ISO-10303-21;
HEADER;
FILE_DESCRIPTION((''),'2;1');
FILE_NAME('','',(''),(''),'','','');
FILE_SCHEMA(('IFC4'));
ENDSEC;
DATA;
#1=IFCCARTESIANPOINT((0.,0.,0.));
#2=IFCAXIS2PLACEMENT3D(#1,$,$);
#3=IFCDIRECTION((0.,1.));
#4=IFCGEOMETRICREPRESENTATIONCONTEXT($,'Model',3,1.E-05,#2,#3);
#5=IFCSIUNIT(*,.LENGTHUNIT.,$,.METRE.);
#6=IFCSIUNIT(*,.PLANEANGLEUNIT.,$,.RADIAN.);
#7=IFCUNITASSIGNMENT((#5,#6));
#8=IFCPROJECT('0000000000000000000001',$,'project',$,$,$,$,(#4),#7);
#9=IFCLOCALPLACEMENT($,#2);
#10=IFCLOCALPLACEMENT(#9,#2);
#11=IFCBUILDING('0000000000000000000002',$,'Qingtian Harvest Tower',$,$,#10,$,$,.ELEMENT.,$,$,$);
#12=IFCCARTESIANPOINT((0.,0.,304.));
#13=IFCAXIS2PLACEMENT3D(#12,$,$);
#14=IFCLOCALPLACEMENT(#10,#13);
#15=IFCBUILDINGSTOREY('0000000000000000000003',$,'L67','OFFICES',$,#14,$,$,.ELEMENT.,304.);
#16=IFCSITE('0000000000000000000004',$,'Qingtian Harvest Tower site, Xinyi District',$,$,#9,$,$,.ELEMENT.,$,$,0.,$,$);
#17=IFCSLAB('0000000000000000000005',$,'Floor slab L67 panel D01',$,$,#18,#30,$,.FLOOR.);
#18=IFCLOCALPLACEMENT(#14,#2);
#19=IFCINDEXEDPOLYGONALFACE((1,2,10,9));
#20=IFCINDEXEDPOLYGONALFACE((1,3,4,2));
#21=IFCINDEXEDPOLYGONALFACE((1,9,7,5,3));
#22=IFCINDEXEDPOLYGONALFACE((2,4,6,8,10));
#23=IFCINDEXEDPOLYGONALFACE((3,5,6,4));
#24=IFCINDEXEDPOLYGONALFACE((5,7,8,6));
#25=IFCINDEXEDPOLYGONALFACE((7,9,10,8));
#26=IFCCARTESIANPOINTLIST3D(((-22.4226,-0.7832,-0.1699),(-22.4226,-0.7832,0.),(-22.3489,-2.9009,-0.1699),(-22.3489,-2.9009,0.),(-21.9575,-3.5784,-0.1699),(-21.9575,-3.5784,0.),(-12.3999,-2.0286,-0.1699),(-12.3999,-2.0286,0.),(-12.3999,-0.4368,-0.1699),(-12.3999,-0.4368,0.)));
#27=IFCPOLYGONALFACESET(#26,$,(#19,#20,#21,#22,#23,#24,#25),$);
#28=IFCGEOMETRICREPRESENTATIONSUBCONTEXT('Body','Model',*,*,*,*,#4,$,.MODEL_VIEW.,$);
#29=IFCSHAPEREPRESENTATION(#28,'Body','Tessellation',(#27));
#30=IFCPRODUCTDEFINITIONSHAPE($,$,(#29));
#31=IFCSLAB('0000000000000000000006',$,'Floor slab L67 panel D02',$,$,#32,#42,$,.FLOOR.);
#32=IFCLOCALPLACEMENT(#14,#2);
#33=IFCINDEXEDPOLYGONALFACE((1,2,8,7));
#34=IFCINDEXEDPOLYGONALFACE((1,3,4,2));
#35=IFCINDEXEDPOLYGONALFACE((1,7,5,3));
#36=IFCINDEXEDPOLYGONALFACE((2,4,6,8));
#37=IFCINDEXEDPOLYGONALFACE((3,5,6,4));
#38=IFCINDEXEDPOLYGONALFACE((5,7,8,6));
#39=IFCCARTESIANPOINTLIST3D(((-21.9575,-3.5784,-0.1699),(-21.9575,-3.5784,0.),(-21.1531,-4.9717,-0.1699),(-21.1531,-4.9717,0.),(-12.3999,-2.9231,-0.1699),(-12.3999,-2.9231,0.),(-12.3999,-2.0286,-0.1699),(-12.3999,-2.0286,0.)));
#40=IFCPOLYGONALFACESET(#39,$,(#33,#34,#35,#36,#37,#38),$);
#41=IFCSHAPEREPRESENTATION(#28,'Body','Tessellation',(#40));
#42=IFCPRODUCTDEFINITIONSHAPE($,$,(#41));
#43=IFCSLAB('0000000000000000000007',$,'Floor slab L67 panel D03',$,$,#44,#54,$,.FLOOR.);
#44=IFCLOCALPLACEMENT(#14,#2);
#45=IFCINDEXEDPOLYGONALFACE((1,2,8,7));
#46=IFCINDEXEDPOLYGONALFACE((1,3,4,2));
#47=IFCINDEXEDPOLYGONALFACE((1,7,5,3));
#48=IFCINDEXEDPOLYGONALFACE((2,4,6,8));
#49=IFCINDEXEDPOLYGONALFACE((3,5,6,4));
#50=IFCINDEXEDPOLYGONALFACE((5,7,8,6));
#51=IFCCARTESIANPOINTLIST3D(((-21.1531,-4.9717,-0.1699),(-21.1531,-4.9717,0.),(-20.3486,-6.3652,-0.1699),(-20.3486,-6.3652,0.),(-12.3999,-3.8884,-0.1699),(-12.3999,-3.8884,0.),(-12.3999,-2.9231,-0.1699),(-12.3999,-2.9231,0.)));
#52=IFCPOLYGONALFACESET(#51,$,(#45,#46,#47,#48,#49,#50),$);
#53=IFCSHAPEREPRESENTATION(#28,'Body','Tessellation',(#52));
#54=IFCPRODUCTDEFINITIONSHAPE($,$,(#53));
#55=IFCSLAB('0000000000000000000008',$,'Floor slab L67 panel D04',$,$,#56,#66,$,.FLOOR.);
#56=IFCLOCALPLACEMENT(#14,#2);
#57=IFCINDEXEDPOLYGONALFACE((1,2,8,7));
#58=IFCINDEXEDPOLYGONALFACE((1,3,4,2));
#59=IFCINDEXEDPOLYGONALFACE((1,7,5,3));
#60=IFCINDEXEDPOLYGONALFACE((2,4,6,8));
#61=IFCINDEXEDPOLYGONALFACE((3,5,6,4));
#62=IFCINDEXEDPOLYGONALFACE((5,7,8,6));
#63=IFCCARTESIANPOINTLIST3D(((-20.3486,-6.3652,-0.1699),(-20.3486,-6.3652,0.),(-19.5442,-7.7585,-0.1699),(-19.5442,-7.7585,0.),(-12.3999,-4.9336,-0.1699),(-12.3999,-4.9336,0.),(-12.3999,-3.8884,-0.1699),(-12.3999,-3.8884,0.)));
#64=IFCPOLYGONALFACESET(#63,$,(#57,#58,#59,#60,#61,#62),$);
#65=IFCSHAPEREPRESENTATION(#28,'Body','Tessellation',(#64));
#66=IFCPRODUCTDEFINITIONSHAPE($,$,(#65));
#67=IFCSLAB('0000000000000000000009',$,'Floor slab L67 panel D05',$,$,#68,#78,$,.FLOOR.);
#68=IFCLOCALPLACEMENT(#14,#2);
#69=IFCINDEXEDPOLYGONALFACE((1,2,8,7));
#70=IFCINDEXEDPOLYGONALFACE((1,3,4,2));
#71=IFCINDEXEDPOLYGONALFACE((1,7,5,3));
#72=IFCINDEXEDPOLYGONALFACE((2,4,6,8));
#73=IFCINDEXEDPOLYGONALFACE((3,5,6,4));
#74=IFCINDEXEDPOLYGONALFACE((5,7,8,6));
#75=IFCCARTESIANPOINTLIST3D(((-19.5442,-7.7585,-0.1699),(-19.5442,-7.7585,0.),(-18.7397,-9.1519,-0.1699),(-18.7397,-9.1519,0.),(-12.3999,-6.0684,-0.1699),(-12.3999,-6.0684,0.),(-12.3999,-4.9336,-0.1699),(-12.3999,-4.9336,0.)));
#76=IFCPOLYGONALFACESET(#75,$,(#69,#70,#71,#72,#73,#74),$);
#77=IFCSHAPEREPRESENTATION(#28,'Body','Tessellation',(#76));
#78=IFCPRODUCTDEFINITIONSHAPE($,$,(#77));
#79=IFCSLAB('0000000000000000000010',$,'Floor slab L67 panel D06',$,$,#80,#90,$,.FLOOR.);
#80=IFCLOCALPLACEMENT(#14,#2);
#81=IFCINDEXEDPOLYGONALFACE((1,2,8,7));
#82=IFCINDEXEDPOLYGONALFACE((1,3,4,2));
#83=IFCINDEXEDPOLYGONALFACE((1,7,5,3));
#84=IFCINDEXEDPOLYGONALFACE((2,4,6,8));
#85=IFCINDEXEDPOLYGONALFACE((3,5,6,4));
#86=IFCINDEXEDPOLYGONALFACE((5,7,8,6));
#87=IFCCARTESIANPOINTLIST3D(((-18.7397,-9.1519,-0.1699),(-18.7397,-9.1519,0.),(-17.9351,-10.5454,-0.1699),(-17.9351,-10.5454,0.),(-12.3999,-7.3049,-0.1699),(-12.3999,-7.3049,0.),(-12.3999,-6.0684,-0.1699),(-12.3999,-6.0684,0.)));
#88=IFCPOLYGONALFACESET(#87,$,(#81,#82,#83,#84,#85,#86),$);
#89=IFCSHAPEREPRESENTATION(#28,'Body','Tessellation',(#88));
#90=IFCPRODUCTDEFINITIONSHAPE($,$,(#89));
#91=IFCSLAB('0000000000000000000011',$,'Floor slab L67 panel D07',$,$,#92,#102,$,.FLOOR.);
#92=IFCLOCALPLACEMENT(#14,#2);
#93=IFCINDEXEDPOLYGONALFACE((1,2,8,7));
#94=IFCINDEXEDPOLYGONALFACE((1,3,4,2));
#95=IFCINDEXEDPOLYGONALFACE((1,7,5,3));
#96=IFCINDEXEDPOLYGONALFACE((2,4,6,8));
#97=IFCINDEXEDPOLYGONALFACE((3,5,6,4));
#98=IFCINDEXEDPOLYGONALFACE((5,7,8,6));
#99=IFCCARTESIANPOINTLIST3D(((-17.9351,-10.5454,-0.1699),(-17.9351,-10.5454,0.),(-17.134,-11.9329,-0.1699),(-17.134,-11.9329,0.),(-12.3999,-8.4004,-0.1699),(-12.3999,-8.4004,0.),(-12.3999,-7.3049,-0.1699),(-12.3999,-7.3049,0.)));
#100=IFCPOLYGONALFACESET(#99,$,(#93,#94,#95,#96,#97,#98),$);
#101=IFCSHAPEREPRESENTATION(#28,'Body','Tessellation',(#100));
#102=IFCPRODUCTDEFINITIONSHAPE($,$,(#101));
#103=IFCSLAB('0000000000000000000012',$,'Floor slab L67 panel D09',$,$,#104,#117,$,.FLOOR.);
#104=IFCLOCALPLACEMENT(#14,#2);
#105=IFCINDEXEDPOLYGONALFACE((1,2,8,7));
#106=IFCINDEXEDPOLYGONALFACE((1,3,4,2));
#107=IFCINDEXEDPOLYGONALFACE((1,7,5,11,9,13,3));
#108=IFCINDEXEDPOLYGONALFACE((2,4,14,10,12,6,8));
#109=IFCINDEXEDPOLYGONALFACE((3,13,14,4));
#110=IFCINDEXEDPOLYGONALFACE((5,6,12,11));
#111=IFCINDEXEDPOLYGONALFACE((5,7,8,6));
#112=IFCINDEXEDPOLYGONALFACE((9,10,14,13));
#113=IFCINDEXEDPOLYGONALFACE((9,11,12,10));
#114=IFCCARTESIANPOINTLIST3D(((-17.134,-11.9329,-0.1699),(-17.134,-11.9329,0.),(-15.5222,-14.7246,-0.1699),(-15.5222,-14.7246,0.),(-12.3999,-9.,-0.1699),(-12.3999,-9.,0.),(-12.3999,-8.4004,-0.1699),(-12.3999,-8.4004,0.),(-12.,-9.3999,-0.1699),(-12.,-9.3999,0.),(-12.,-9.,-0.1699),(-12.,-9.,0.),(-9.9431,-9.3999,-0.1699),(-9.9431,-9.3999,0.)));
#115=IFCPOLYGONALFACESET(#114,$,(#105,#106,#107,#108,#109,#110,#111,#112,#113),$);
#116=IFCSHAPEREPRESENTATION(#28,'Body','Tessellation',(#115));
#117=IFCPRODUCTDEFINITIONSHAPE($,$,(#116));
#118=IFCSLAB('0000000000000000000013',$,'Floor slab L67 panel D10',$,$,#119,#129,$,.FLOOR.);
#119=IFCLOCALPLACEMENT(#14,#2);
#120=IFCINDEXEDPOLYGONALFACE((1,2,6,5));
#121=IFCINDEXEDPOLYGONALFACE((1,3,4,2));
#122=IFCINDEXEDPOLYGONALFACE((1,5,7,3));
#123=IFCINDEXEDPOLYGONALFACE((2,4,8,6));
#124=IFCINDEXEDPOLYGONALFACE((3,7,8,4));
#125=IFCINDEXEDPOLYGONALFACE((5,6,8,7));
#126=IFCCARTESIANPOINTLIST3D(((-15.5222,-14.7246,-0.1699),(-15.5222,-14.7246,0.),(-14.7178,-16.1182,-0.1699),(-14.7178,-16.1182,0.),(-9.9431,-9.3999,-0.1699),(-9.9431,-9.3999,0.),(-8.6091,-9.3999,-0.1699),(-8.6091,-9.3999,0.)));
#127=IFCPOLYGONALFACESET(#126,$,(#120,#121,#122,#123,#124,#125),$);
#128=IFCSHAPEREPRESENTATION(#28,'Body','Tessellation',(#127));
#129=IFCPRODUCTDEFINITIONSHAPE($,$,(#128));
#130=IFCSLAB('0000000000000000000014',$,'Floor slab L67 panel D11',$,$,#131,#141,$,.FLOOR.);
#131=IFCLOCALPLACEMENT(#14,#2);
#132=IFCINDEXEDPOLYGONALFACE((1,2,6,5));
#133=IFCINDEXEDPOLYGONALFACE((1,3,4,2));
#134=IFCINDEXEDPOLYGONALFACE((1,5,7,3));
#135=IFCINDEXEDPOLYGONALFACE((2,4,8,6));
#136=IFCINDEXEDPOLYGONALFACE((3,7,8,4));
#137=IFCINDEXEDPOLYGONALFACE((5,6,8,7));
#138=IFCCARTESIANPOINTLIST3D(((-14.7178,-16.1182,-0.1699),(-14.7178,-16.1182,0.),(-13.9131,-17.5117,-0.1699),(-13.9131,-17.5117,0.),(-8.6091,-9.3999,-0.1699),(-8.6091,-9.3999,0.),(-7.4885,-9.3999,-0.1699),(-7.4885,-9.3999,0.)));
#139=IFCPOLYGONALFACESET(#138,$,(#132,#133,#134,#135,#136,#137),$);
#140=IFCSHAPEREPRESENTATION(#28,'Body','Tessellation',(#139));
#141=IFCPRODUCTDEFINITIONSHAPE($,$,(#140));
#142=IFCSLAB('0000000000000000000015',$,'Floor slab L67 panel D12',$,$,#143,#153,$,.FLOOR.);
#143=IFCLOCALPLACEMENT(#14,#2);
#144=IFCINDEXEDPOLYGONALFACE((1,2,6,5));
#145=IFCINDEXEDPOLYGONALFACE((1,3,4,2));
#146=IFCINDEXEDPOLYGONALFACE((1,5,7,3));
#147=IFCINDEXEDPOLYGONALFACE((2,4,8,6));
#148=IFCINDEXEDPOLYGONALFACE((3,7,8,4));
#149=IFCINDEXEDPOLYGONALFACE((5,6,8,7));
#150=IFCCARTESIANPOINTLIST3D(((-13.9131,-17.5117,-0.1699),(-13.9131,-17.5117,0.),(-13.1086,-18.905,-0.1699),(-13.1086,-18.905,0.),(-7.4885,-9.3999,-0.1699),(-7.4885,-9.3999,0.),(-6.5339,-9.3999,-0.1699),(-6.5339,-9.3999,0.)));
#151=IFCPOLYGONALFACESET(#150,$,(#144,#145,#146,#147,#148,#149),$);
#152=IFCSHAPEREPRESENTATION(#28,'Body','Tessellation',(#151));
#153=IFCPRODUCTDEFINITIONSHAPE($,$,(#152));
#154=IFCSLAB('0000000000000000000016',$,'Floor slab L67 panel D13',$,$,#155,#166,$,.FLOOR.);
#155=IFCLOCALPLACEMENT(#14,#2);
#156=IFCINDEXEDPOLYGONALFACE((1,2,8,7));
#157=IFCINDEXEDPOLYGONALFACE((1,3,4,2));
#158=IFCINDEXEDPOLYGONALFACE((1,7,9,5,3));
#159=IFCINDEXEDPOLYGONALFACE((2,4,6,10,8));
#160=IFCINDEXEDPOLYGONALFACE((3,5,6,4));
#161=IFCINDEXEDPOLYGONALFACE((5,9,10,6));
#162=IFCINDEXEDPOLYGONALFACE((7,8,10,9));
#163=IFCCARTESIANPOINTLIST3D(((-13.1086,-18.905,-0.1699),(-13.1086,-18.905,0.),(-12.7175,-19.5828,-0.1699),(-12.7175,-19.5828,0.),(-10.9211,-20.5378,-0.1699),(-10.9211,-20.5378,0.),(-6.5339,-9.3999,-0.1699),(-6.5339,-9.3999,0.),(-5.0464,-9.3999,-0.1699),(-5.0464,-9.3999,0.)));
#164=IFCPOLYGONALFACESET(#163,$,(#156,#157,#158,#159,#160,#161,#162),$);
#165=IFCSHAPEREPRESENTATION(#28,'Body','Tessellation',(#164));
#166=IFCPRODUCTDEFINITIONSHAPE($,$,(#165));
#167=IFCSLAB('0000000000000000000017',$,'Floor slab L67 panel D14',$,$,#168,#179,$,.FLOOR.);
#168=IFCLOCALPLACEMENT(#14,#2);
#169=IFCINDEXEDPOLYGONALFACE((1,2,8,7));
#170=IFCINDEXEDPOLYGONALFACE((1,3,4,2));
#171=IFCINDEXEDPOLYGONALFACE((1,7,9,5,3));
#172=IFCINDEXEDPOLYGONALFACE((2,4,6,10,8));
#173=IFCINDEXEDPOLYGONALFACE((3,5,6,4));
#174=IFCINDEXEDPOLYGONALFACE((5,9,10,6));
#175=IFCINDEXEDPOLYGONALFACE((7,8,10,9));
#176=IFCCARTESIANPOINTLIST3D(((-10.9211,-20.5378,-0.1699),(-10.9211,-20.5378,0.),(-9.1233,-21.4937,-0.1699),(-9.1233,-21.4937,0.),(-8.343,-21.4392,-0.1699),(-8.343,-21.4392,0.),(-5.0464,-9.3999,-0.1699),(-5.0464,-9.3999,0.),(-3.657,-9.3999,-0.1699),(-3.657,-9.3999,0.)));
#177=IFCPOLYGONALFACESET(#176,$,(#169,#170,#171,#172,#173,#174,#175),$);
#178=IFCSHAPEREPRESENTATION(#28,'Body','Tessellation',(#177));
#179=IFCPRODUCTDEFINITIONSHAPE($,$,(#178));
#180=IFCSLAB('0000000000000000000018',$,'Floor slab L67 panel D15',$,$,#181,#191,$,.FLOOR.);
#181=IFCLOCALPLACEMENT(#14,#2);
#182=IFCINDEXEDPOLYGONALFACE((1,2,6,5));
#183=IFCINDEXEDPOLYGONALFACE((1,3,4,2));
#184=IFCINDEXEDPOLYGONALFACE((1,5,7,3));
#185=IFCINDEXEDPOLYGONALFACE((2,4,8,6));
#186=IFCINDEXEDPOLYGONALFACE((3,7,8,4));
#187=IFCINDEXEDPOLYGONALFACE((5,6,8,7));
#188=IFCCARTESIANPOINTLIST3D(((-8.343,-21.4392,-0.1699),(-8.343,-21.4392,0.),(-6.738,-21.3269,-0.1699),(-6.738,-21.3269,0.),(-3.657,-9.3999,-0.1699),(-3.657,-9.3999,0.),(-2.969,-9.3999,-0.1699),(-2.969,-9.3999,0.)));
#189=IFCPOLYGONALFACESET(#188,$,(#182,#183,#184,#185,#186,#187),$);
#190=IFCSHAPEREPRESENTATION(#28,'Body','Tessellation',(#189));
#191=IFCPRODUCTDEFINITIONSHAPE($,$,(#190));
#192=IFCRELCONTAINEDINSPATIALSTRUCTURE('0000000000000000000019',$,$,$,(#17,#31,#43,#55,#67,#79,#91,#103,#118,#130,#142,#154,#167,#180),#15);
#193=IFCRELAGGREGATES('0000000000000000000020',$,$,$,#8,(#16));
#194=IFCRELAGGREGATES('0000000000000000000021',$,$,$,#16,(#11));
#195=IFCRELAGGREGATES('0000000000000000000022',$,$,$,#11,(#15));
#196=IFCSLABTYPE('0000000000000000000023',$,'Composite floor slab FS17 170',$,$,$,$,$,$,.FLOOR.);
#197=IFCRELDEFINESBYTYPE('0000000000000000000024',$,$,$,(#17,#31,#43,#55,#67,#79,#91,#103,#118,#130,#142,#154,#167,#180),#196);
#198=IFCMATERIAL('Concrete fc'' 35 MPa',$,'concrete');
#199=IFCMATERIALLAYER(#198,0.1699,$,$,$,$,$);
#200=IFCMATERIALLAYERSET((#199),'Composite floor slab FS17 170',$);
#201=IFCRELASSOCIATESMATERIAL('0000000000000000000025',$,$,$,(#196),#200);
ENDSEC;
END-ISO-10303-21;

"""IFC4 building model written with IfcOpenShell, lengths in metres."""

from ifc_helpers import new_model, si_unit, direction, frame, origin, place, context, subcontext, project, spatial, polyline, outline, extrude, material, layer, layer_set, type_object, element, save


model = new_model("IFC4")

# Units and contexts
model_context = context("Model", 3, precision=1e-05, world=origin(), true_north=direction((0.0, 1.0)))
body_context = subcontext(model_context, "Body", "Model", "MODEL_VIEW")
ifc_project = project(units=[si_unit("LENGTHUNIT", "METRE"), si_unit("PLANEANGLEUNIT", "RADIAN")], contexts=[model_context])

# Site, building, storey
site_placement = place(None, origin())
site = spatial("IfcSite", under=ifc_project, at=site_placement, Name="Qingtian Harvest Tower site, Xinyi District", CompositionType="ELEMENT", RefElevation=0.0)
building_placement = place(site_placement, origin())
building = spatial("IfcBuilding", under=site, at=building_placement, Name="Qingtian Harvest Tower", CompositionType="ELEMENT")
storey_placement = place(building_placement, frame((0.0, 0.0, 304.0)))
storey = spatial("IfcBuildingStorey", under=building, at=storey_placement, Name="L67", Description="OFFICES", CompositionType="ELEMENT", Elevation=304.0)

# Slabs
ifc_material_1 = material(Name="Concrete fc' 35 MPa", Category="concrete")
ifc_layer_1 = layer(ifc_material_1, 0.1699)
ifc_layer_set_1 = layer_set([ifc_layer_1], Name="Composite floor slab FS17 170")
slab_type_1 = type_object("IfcSlabType", Name="Composite floor slab FS17 170", PredefinedType="FLOOR", material=ifc_layer_set_1)
slab_1_placement = place(storey_placement, frame((0.0, 0.0, -0.1699)))
element("IfcSlab", 1, at=slab_1_placement, inside=storey, type_object=slab_type_1, Name="Floor slab L67 panel D01", PredefinedType="FLOOR", context=body_context, shape_type="SweptSolid", body=[
    extrude(outline(polyline([(-22.4226, -0.7832), (-12.3999, -0.4368), (-12.3999, -2.0286), (-21.9575, -3.5784), (-22.3489, -2.9009), (-22.4226, -0.7832)])), origin(), (0.0, 0.0, 1.0), 0.1699),
])
slab_2_placement = place(storey_placement, frame((0.0, 0.0, -0.1699)))
element("IfcSlab", 2, at=slab_2_placement, inside=storey, type_object=slab_type_1, Name="Floor slab L67 panel D02", PredefinedType="FLOOR", context=body_context, shape_type="SweptSolid", body=[
    extrude(outline(polyline([(-12.3999, -2.9231), (-21.1531, -4.9717), (-21.9575, -3.5784), (-12.3999, -2.0286), (-12.3999, -2.9231)])), origin(), (0.0, 0.0, 1.0), 0.1699),
])
slab_3_placement = place(storey_placement, frame((0.0, 0.0, -0.1699)))
element("IfcSlab", 3, at=slab_3_placement, inside=storey, type_object=slab_type_1, Name="Floor slab L67 panel D03", PredefinedType="FLOOR", context=body_context, shape_type="SweptSolid", body=[
    extrude(outline(polyline([(-12.3999, -3.8884), (-20.3486, -6.3652), (-21.1531, -4.9717), (-12.3999, -2.9231), (-12.3999, -3.8884)])), origin(), (0.0, 0.0, 1.0), 0.1699),
])
slab_4_placement = place(storey_placement, frame((0.0, 0.0, -0.1699)))
element("IfcSlab", 4, at=slab_4_placement, inside=storey, type_object=slab_type_1, Name="Floor slab L67 panel D04", PredefinedType="FLOOR", context=body_context, shape_type="SweptSolid", body=[
    extrude(outline(polyline([(-12.3999, -4.9336), (-19.5442, -7.7585), (-20.3486, -6.3652), (-12.3999, -3.8884), (-12.3999, -4.9336)])), origin(), (0.0, 0.0, 1.0), 0.1699),
])
slab_5_placement = place(storey_placement, frame((0.0, 0.0, -0.1699)))
element("IfcSlab", 5, at=slab_5_placement, inside=storey, type_object=slab_type_1, Name="Floor slab L67 panel D05", PredefinedType="FLOOR", context=body_context, shape_type="SweptSolid", body=[
    extrude(outline(polyline([(-12.3999, -6.0684), (-18.7397, -9.1519), (-19.5442, -7.7585), (-12.3999, -4.9336), (-12.3999, -6.0684)])), origin(), (0.0, 0.0, 1.0), 0.1699),
])
slab_6_placement = place(storey_placement, frame((0.0, 0.0, -0.1699)))
element("IfcSlab", 6, at=slab_6_placement, inside=storey, type_object=slab_type_1, Name="Floor slab L67 panel D06", PredefinedType="FLOOR", context=body_context, shape_type="SweptSolid", body=[
    extrude(outline(polyline([(-12.3999, -7.3049), (-17.9351, -10.5454), (-18.7397, -9.1519), (-12.3999, -6.0684), (-12.3999, -7.3049)])), origin(), (0.0, 0.0, 1.0), 0.1699),
])
slab_7_placement = place(storey_placement, frame((0.0, 0.0, -0.1699)))
element("IfcSlab", 7, at=slab_7_placement, inside=storey, type_object=slab_type_1, Name="Floor slab L67 panel D07", PredefinedType="FLOOR", context=body_context, shape_type="SweptSolid", body=[
    extrude(outline(polyline([(-12.3999, -8.4004), (-17.134, -11.9329), (-17.9351, -10.5454), (-12.3999, -7.3049), (-12.3999, -8.4004)])), origin(), (0.0, 0.0, 1.0), 0.1699),
])
slab_8_placement = place(storey_placement, frame((0.0, 0.0, -0.1699)))
element("IfcSlab", 8, at=slab_8_placement, inside=storey, type_object=slab_type_1, Name="Floor slab L67 panel D09", PredefinedType="FLOOR", context=body_context, shape_type="SweptSolid", body=[
    extrude(outline(polyline([(-15.5222, -14.7246), (-17.134, -11.9329), (-12.3999, -8.4004), (-12.3999, -9.0), (-12.0, -9.0), (-12.0, -9.3999), (-9.9431, -9.3999), (-15.5222, -14.7246)])), origin(), (0.0, 0.0, 1.0), 0.1699),
])
slab_9_placement = place(storey_placement, frame((0.0, 0.0, -0.1699)))
element("IfcSlab", 9, at=slab_9_placement, inside=storey, type_object=slab_type_1, Name="Floor slab L67 panel D10", PredefinedType="FLOOR", context=body_context, shape_type="SweptSolid", body=[
    extrude(outline(polyline([(-8.6091, -9.3999), (-14.7178, -16.1182), (-15.5222, -14.7246), (-9.9431, -9.3999), (-8.6091, -9.3999)])), origin(), (0.0, 0.0, 1.0), 0.1699),
])
slab_10_placement = place(storey_placement, frame((0.0, 0.0, -0.1699)))
element("IfcSlab", 10, at=slab_10_placement, inside=storey, type_object=slab_type_1, Name="Floor slab L67 panel D11", PredefinedType="FLOOR", context=body_context, shape_type="SweptSolid", body=[
    extrude(outline(polyline([(-7.4885, -9.3999), (-13.9131, -17.5117), (-14.7178, -16.1182), (-8.6091, -9.3999), (-7.4885, -9.3999)])), origin(), (0.0, 0.0, 1.0), 0.1699),
])
slab_11_placement = place(storey_placement, frame((0.0, 0.0, -0.1699)))
element("IfcSlab", 11, at=slab_11_placement, inside=storey, type_object=slab_type_1, Name="Floor slab L67 panel D12", PredefinedType="FLOOR", context=body_context, shape_type="SweptSolid", body=[
    extrude(outline(polyline([(-6.5339, -9.3999), (-13.1086, -18.905), (-13.9131, -17.5117), (-7.4885, -9.3999), (-6.5339, -9.3999)])), origin(), (0.0, 0.0, 1.0), 0.1699),
])
slab_12_placement = place(storey_placement, frame((0.0, 0.0, -0.1699)))
element("IfcSlab", 12, at=slab_12_placement, inside=storey, type_object=slab_type_1, Name="Floor slab L67 panel D13", PredefinedType="FLOOR", context=body_context, shape_type="SweptSolid", body=[
    extrude(outline(polyline([(-6.5339, -9.3999), (-5.0464, -9.3999), (-10.9211, -20.5378), (-12.7175, -19.5828), (-13.1086, -18.905), (-6.5339, -9.3999)])), origin(), (0.0, 0.0, 1.0), 0.1699),
])
slab_13_placement = place(storey_placement, frame((0.0, 0.0, -0.1699)))
element("IfcSlab", 13, at=slab_13_placement, inside=storey, type_object=slab_type_1, Name="Floor slab L67 panel D14", PredefinedType="FLOOR", context=body_context, shape_type="SweptSolid", body=[
    extrude(outline(polyline([(-5.0464, -9.3999), (-3.657, -9.3999), (-8.343, -21.4392), (-9.1233, -21.4937), (-10.9211, -20.5378), (-5.0464, -9.3999)])), origin(), (0.0, 0.0, 1.0), 0.1699),
])
slab_14_placement = place(storey_placement, frame((0.0, 0.0, -0.1699)))
element("IfcSlab", 14, at=slab_14_placement, inside=storey, type_object=slab_type_1, Name="Floor slab L67 panel D15", PredefinedType="FLOOR", context=body_context, shape_type="SweptSolid", body=[
    extrude(outline(polyline([(-2.969, -9.3999), (-6.738, -21.3269), (-8.343, -21.4392), (-3.657, -9.3999), (-2.969, -9.3999)])), origin(), (0.0, 0.0, 1.0), 0.1699),
])

save(model, "model.ifc")
